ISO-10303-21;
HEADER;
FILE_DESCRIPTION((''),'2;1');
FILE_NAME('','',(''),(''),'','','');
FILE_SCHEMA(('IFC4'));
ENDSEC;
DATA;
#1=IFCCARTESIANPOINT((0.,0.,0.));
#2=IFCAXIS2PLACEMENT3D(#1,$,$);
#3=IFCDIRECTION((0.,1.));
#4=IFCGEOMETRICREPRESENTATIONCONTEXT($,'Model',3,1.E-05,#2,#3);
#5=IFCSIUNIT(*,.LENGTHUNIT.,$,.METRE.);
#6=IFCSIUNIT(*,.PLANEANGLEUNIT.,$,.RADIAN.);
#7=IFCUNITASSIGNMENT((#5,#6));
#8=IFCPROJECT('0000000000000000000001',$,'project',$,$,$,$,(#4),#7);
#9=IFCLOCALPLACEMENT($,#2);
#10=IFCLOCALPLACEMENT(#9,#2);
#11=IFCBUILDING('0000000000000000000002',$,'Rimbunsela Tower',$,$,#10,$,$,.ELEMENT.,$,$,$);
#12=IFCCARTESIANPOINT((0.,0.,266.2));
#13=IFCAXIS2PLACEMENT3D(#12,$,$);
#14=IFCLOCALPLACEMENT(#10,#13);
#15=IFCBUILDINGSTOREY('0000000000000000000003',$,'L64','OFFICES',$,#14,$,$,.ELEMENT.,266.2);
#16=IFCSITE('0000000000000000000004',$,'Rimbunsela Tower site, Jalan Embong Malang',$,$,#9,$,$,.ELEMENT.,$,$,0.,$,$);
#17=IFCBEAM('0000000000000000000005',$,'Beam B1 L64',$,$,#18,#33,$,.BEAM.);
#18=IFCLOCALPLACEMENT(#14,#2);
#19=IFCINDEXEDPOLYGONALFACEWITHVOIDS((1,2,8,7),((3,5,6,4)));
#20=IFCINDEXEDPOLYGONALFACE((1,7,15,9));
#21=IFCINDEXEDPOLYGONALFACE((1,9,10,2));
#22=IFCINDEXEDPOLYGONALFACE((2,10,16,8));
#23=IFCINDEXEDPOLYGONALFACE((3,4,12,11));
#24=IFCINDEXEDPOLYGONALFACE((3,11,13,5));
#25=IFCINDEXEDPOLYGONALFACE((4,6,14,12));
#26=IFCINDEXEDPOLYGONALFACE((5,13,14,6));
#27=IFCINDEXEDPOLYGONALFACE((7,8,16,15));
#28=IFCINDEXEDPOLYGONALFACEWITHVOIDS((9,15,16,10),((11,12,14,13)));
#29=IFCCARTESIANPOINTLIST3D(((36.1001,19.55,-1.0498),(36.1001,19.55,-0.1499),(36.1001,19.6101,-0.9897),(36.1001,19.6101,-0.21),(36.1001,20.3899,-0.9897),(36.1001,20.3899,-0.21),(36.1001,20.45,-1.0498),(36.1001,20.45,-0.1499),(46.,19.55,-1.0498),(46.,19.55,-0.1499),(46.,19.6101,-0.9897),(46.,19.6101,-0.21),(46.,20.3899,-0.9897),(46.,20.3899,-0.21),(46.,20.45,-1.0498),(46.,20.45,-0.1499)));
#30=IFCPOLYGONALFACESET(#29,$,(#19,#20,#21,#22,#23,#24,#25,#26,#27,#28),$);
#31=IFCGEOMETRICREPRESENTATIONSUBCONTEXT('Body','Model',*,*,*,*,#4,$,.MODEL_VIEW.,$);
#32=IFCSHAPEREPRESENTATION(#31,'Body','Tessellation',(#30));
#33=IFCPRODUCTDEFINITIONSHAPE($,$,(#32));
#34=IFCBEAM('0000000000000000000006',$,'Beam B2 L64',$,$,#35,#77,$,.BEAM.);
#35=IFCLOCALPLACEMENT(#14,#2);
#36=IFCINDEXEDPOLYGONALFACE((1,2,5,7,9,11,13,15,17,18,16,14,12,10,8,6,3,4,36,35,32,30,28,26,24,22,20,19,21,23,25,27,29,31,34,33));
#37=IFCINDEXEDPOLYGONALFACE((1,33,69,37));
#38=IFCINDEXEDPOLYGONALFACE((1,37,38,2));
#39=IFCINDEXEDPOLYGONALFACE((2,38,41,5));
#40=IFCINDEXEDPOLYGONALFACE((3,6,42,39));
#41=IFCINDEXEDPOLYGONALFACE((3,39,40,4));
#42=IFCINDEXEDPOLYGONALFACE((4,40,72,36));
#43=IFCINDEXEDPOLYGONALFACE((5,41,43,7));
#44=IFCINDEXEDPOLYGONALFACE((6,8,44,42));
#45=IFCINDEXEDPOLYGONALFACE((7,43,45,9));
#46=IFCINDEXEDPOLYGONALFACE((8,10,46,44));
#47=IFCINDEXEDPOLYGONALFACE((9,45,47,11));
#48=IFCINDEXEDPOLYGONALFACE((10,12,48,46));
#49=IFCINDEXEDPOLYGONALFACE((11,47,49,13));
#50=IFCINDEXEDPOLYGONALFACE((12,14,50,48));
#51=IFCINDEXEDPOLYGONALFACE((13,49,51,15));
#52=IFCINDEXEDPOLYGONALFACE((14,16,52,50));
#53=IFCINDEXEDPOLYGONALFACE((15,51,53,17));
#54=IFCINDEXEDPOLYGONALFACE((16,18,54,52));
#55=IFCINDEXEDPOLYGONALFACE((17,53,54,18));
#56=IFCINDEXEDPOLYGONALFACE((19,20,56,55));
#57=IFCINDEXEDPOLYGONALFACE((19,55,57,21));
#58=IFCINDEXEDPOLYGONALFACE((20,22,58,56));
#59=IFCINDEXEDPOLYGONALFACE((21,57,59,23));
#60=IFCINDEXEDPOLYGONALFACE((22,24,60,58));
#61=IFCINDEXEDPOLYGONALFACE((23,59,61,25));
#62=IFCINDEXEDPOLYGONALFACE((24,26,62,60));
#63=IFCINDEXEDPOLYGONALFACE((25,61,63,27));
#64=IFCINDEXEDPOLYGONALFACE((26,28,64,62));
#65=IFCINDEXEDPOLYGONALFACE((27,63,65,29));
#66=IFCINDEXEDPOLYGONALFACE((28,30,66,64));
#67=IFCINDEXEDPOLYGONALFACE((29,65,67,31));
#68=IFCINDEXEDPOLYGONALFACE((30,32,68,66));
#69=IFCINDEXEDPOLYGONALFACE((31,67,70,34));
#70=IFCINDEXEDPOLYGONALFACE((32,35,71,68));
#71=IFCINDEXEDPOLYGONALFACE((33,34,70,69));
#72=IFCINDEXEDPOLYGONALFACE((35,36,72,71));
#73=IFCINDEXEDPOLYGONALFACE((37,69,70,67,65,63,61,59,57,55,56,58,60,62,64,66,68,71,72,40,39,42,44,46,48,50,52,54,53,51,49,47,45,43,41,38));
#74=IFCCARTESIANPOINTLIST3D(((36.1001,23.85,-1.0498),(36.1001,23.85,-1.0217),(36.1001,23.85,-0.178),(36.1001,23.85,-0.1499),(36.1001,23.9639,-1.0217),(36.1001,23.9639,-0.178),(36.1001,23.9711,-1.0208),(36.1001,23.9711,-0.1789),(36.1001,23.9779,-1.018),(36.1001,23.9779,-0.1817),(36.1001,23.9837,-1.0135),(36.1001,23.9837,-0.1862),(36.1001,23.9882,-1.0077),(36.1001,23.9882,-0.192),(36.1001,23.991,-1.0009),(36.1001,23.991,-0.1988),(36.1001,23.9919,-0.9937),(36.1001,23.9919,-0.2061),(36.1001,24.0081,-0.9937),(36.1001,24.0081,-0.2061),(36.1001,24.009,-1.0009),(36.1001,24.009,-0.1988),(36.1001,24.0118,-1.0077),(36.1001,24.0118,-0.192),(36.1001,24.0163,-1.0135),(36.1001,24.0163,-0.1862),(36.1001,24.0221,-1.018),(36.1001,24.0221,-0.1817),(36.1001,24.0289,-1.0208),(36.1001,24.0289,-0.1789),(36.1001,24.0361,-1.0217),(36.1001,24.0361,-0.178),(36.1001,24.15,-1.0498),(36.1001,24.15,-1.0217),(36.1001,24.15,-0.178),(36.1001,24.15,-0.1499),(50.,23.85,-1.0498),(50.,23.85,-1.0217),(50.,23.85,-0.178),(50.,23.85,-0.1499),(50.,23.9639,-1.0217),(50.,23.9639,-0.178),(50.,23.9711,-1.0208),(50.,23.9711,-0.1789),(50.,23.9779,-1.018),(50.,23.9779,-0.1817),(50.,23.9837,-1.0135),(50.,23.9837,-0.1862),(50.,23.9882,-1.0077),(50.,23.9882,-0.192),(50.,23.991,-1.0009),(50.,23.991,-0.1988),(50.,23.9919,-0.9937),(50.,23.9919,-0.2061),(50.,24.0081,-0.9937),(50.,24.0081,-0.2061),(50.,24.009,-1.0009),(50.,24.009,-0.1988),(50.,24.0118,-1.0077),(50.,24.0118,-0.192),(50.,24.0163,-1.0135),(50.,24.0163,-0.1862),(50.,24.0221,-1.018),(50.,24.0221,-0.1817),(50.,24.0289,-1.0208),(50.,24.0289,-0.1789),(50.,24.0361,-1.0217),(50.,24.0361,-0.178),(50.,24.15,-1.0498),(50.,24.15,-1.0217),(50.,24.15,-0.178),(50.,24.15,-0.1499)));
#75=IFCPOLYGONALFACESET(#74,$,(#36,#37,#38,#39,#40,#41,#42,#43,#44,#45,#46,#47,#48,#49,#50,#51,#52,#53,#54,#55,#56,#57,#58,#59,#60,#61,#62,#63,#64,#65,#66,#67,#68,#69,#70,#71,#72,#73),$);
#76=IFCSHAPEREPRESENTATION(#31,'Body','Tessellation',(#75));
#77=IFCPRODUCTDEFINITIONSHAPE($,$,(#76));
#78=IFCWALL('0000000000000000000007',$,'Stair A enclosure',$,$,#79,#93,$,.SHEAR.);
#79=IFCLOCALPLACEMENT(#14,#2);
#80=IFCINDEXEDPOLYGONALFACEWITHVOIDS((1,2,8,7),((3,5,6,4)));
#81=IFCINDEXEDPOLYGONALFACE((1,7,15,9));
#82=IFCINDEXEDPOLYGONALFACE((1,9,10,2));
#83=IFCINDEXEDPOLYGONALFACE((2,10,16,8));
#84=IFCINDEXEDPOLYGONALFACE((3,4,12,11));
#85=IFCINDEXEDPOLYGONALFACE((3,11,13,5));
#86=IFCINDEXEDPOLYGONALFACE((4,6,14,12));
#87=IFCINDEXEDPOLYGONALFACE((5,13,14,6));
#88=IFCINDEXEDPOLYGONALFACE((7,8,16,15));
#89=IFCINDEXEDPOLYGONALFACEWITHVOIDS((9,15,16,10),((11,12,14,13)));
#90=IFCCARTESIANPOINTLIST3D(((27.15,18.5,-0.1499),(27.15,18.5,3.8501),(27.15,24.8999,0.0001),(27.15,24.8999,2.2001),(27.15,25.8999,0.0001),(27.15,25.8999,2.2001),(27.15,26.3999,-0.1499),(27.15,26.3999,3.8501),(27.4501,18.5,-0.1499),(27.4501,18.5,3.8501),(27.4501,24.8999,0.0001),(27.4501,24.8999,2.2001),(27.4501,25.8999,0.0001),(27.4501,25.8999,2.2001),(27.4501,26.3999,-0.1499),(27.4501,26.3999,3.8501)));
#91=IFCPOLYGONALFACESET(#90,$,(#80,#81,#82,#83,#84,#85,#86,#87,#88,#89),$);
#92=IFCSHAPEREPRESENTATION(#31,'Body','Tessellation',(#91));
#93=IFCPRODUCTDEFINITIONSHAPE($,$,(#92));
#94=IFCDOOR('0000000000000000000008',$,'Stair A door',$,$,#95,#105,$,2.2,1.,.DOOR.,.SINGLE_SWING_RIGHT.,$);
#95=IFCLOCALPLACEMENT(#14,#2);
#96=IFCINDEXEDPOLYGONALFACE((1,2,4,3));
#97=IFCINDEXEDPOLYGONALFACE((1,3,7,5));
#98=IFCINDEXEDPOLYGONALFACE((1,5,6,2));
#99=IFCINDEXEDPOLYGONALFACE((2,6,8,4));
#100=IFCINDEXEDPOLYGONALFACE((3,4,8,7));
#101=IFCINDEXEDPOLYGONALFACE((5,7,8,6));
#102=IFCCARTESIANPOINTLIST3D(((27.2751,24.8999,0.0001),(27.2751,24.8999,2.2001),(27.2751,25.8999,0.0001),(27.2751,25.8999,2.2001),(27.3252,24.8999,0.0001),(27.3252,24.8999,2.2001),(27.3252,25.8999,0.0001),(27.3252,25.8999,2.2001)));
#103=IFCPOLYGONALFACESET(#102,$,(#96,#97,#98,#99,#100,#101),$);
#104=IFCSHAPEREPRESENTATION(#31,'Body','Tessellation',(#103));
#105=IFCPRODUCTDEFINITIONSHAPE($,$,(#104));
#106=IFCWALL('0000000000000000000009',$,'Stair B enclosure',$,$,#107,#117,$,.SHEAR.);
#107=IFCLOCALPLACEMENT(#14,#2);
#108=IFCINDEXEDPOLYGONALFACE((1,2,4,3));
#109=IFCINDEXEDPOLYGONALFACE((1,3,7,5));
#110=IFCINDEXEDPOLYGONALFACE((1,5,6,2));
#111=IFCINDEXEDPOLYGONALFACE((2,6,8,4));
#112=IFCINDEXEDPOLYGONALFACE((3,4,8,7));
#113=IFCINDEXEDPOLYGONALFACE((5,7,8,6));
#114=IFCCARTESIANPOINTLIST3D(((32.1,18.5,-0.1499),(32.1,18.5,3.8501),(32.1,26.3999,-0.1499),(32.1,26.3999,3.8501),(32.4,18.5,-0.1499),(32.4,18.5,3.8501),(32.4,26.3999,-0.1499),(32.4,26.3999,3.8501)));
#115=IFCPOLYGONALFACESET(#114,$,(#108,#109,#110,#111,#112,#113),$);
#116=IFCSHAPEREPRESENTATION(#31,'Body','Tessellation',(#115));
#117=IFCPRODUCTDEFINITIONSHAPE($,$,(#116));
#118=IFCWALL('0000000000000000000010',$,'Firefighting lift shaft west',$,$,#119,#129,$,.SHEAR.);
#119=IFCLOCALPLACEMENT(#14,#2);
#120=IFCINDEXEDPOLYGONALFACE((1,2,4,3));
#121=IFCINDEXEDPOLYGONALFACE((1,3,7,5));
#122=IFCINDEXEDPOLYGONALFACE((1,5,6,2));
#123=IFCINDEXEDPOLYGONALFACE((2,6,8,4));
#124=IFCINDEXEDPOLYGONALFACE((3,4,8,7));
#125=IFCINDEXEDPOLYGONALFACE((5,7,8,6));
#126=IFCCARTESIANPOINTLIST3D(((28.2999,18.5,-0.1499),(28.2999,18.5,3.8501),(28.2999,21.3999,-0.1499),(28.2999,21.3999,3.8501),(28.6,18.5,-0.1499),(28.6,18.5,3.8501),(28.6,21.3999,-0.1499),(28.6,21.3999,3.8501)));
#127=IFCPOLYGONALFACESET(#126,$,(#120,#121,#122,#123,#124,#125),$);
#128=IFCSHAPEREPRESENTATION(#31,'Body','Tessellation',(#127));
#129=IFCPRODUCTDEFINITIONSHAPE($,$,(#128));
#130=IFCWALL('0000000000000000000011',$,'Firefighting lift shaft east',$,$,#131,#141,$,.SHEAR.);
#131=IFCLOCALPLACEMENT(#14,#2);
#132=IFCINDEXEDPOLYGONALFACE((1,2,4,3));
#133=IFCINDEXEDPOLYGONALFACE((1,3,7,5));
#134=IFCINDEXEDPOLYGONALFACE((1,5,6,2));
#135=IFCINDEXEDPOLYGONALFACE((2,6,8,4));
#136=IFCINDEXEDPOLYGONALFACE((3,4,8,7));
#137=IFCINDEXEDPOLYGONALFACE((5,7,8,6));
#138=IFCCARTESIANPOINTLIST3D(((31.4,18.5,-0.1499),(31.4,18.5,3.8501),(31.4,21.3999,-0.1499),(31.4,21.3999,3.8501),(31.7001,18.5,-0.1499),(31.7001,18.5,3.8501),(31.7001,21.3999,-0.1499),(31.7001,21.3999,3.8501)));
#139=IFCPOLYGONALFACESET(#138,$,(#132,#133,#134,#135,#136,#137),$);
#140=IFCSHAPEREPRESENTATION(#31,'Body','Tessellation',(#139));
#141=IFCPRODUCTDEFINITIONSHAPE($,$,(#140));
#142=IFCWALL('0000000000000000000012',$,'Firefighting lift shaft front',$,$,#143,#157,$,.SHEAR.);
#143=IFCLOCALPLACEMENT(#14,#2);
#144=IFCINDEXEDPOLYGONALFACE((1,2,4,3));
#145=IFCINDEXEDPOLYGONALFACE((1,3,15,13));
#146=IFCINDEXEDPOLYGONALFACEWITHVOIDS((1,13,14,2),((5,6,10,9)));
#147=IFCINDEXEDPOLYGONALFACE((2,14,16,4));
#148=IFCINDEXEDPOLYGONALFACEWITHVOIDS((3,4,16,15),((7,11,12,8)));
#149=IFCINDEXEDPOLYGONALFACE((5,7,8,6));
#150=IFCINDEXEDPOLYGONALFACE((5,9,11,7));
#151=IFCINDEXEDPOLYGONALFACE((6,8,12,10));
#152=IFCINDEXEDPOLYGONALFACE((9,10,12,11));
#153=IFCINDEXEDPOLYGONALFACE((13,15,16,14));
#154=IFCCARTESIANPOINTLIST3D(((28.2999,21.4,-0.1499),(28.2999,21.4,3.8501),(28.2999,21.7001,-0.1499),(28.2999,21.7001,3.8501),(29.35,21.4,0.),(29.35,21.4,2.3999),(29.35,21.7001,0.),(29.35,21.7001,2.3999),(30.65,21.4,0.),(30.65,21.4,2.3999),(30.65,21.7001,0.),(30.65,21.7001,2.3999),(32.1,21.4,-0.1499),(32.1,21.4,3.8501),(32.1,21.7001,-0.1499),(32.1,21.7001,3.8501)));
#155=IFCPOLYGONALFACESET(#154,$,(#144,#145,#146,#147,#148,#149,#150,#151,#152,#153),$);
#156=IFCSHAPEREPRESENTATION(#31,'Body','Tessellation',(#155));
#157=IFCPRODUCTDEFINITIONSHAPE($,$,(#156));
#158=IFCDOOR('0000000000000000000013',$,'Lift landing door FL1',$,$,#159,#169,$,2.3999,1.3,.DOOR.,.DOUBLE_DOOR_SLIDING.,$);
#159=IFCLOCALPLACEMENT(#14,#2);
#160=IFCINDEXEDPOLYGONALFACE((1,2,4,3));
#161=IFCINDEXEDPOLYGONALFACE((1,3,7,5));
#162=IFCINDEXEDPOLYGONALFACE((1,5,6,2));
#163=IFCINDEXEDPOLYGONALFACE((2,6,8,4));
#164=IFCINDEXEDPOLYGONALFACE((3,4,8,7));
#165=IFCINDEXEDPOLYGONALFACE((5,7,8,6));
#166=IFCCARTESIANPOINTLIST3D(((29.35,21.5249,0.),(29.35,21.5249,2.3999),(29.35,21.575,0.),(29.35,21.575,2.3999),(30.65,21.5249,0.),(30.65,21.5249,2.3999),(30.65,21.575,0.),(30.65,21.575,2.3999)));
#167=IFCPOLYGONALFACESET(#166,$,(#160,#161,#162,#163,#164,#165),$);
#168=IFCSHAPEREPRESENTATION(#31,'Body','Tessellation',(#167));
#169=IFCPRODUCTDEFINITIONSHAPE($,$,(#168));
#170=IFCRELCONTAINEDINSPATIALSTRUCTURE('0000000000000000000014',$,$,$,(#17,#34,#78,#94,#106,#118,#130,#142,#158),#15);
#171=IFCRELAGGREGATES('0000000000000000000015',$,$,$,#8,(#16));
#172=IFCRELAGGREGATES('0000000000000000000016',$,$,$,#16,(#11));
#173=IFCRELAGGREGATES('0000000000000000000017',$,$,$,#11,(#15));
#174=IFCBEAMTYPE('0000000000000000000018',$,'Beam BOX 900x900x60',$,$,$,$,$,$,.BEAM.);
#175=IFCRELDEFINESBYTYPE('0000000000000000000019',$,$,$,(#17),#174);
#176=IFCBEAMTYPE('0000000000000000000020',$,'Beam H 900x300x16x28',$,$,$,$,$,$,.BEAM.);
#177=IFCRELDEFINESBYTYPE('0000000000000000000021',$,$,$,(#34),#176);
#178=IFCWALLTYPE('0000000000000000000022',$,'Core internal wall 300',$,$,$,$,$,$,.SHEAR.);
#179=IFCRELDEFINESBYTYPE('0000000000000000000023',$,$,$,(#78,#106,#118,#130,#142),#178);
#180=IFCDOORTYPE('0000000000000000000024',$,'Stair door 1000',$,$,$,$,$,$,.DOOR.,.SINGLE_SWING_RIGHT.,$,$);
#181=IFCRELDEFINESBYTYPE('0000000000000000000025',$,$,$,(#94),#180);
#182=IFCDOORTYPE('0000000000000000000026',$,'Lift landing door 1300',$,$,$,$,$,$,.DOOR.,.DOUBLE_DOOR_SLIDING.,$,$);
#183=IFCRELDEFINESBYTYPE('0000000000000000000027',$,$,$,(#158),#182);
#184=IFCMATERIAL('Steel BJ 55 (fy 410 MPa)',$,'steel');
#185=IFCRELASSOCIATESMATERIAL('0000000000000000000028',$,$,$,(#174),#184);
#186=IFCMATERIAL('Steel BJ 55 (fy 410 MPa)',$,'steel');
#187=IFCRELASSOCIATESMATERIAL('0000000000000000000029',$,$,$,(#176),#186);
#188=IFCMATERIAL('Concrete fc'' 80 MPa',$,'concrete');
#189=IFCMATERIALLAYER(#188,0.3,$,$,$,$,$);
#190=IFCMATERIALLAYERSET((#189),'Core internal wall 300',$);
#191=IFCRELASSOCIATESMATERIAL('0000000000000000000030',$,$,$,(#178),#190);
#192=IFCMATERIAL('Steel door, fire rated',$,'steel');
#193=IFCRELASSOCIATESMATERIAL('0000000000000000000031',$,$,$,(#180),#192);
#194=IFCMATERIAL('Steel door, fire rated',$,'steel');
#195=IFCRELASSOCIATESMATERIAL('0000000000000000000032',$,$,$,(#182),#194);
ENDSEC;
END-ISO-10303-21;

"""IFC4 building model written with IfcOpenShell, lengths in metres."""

from ifc_helpers import new_model, si_unit, direction, frame, frame_2d, origin, origin_2d, place, context, subcontext, project, spatial, rectangle, hollow_rectangle, i_section, extrude, material, layer, layer_set, material_profile, profile_set, type_object, element, fill, save


model = new_model("IFC4")

# Units and contexts
model_context = context("Model", 3, precision=1e-05, world=origin(), true_north=direction((0.0, 1.0)))
body_context = subcontext(model_context, "Body", "Model", "MODEL_VIEW")
ifc_project = project(units=[si_unit("LENGTHUNIT", "METRE"), si_unit("PLANEANGLEUNIT", "RADIAN")], contexts=[model_context])

# Site, building, storey
site_placement = place(None, origin())
site = spatial("IfcSite", under=ifc_project, at=site_placement, Name="Rimbunsela Tower site, Jalan Embong Malang", CompositionType="ELEMENT", RefElevation=0.0)
building_placement = place(site_placement, origin())
building = spatial("IfcBuilding", under=site, at=building_placement, Name="Rimbunsela Tower", CompositionType="ELEMENT")
storey_placement = place(building_placement, frame((0.0, 0.0, 266.2)))
storey = spatial("IfcBuildingStorey", under=building, at=storey_placement, Name="L64", Description="OFFICES", CompositionType="ELEMENT", Elevation=266.2)

# Beams
ifc_material_1 = material(Name="Steel BJ 55 (fy 410 MPa)", Category="steel")
ifc_material_profile_1 = material_profile(ifc_material_1, hollow_rectangle(XDim=0.8999, YDim=0.8999, WallThickness=0.0601, at=origin_2d()), Name="BOX 900x900x60")
ifc_profile_set_1 = profile_set([ifc_material_profile_1], Name="Steel BJ 55 (fy 410 MPa)")
beam_type_1 = type_object("IfcBeamType", Name="Beam BOX 900x900x60", PredefinedType="BEAM", material=ifc_profile_set_1)
beam_1_placement = place(storey_placement, frame((36.1001, 20.0, -0.5999), z_axis=(1.0, 0.0, 0.0), x_axis=(0.0, 1.0, 0.0)))
element("IfcBeam", 1, at=beam_1_placement, inside=storey, type_object=beam_type_1, Name="Beam B1 L64", PredefinedType="BEAM", context=body_context, shape_type="SweptSolid", body=[
    extrude(hollow_rectangle(XDim=0.8999, YDim=0.8999, WallThickness=0.0601, at=origin_2d()), origin(), (0.0, 0.0, 1.0), 9.8999),
])
ifc_material_2 = material(Name="Steel BJ 55 (fy 410 MPa)", Category="steel")
ifc_material_profile_2 = material_profile(ifc_material_2, i_section(OverallWidth=0.3, OverallDepth=0.8999, WebThickness=0.0161, FlangeThickness=0.0281, FilletRadius=0.0281, at=origin_2d()), Name="H 900x300x16x28")
ifc_profile_set_2 = profile_set([ifc_material_profile_2], Name="Steel BJ 55 (fy 410 MPa)")
beam_type_2 = type_object("IfcBeamType", Name="Beam H 900x300x16x28", PredefinedType="BEAM", material=ifc_profile_set_2)
beam_2_placement = place(storey_placement, frame((36.1001, 24.0, -0.5999), z_axis=(1.0, 0.0, 0.0), x_axis=(0.0, 1.0, 0.0)))
element("IfcBeam", 2, at=beam_2_placement, inside=storey, type_object=beam_type_2, Name="Beam B2 L64", PredefinedType="BEAM", context=body_context, shape_type="SweptSolid", body=[
    extrude(i_section(OverallWidth=0.3, OverallDepth=0.8999, WebThickness=0.0161, FlangeThickness=0.0281, FilletRadius=0.0281, at=origin_2d()), origin(), (0.0, 0.0, 1.0), 13.8999),
])

# Wall, opening, door
ifc_material_3 = material(Name="Concrete fc' 80 MPa", Category="concrete")
ifc_layer_1 = layer(ifc_material_3, 0.3)
ifc_layer_set_1 = layer_set([ifc_layer_1], Name="Core internal wall 300")
wall_type_1 = type_object("IfcWallType", Name="Core internal wall 300", PredefinedType="SHEAR", material=ifc_layer_set_1)
wall_1_placement = place(storey_placement, frame((27.3, 18.5, -0.1499), z_axis=(0.0, 0.0, 1.0), x_axis=(0.0, 1.0, 0.0)))
wall_1 = element("IfcWall", 3, at=wall_1_placement, inside=storey, type_object=wall_type_1, Name="Stair A enclosure", PredefinedType="SHEAR", context=body_context, shape_type="SweptSolid", body=[
    extrude(rectangle(XDim=7.8999, YDim=0.3, at=frame_2d((3.95, 0.0))), origin(), (0.0, 0.0, 1.0), 4.0),
])
opening_1_placement = place(wall_1_placement, frame((6.3999, 0.0, 0.1499)))
opening_1 = element("IfcOpeningElement", 4, at=opening_1_placement, cuts=wall_1, PredefinedType="OPENING", context=body_context, shape_type="SweptSolid", body=[
    extrude(rectangle(XDim=1.0, YDim=2.2, at=frame_2d((0.5, 1.1001))), frame((0.0, 0.1599, 0.0), z_axis=(0.0, -1.0, 0.0), x_axis=(1.0, 0.0, 0.0)), (0.0, 0.0, 1.0), 0.3201),
])
ifc_material_4 = material(Name="Steel door, fire rated", Category="steel")
door_type_1 = type_object("IfcDoorType", Name="Stair door 1000", OperationType="SINGLE_SWING_RIGHT", PredefinedType="DOOR", material=ifc_material_4)
door_1_placement = place(opening_1_placement, origin())
door_1 = element("IfcDoor", 5, at=door_1_placement, inside=storey, type_object=door_type_1, Name="Stair A door", OperationType="SINGLE_SWING_RIGHT", OverallHeight=2.2, OverallWidth=1.0, PredefinedType="DOOR", context=body_context, shape_type="SweptSolid", body=[
    extrude(rectangle(XDim=1.0, YDim=2.2, at=frame_2d((0.5, 1.1001))), frame((0.0, 0.0249, 0.0), z_axis=(0.0, -1.0, 0.0), x_axis=(1.0, 0.0, 0.0)), (0.0, 0.0, 1.0), 0.05),
])
fill(opening_1, door_1)

# Walls
wall_2_placement = place(storey_placement, frame((32.25, 18.5, -0.1499), z_axis=(0.0, 0.0, 1.0), x_axis=(0.0, 1.0, 0.0)))
element("IfcWall", 6, at=wall_2_placement, inside=storey, type_object=wall_type_1, Name="Stair B enclosure", PredefinedType="SHEAR", context=body_context, shape_type="SweptSolid", body=[
    extrude(rectangle(XDim=7.8999, YDim=0.3, at=frame_2d((3.95, 0.0))), origin(), (0.0, 0.0, 1.0), 4.0),
])
for number, where, z_axis, x_axis, name in (
    (7, (28.45, 18.5, -0.1499), (0.0, 0.0, 1.0), (0.0, 1.0, 0.0), "Firefighting lift shaft west"),
    (8, (31.55, 18.5, -0.1499), (0.0, 0.0, 1.0), (0.0, 1.0, 0.0), "Firefighting lift shaft east"),
):
    element("IfcWall", number, at=place(storey_placement, frame(where, z_axis=z_axis, x_axis=x_axis)), inside=storey, type_object=wall_type_1, Name=name, PredefinedType="SHEAR", context=body_context, shape_type="SweptSolid", body=[
        extrude(rectangle(XDim=2.8999, YDim=0.3, at=frame_2d((1.45, 0.0))), origin(), (0.0, 0.0, 1.0), 4.0),
    ])

# Wall, opening, door
wall_3_placement = place(storey_placement, frame((28.3, 21.55, -0.1499), z_axis=(0.0, 0.0, 1.0), x_axis=(1.0, 0.0, 0.0)))
wall_3 = element("IfcWall", 9, at=wall_3_placement, inside=storey, type_object=wall_type_1, Name="Firefighting lift shaft front", PredefinedType="SHEAR", context=body_context, shape_type="SweptSolid", body=[
    extrude(rectangle(XDim=3.8, YDim=0.3, at=frame_2d((1.8999, 0.0))), origin(), (0.0, 0.0, 1.0), 4.0),
])
opening_2_placement = place(wall_3_placement, frame((1.05, 0.0, 0.1499)))
opening_2 = element("IfcOpeningElement", 10, at=opening_2_placement, cuts=wall_3, PredefinedType="OPENING", context=body_context, shape_type="SweptSolid", body=[
    extrude(rectangle(XDim=1.3, YDim=2.3999, at=frame_2d((0.6499, 1.2))), frame((0.0, 0.1599, 0.0), z_axis=(0.0, -1.0, 0.0), x_axis=(1.0, 0.0, 0.0)), (0.0, 0.0, 1.0), 0.3201),
])
ifc_material_5 = material(Name="Steel door, fire rated", Category="steel")
door_type_2 = type_object("IfcDoorType", Name="Lift landing door 1300", OperationType="DOUBLE_DOOR_SLIDING", PredefinedType="DOOR", material=ifc_material_5)
door_2_placement = place(opening_2_placement, origin())
door_2 = element("IfcDoor", 11, at=door_2_placement, inside=storey, type_object=door_type_2, Name="Lift landing door FL1", OperationType="DOUBLE_DOOR_SLIDING", OverallHeight=2.3999, OverallWidth=1.3, PredefinedType="DOOR", context=body_context, shape_type="SweptSolid", body=[
    extrude(rectangle(XDim=1.3, YDim=2.3999, at=frame_2d((0.6499, 1.2))), frame((0.0, 0.0249, 0.0), z_axis=(0.0, -1.0, 0.0), x_axis=(1.0, 0.0, 0.0)), (0.0, 0.0, 1.0), 0.05),
])
fill(opening_2, door_2)

save(model, "model.ifc")
